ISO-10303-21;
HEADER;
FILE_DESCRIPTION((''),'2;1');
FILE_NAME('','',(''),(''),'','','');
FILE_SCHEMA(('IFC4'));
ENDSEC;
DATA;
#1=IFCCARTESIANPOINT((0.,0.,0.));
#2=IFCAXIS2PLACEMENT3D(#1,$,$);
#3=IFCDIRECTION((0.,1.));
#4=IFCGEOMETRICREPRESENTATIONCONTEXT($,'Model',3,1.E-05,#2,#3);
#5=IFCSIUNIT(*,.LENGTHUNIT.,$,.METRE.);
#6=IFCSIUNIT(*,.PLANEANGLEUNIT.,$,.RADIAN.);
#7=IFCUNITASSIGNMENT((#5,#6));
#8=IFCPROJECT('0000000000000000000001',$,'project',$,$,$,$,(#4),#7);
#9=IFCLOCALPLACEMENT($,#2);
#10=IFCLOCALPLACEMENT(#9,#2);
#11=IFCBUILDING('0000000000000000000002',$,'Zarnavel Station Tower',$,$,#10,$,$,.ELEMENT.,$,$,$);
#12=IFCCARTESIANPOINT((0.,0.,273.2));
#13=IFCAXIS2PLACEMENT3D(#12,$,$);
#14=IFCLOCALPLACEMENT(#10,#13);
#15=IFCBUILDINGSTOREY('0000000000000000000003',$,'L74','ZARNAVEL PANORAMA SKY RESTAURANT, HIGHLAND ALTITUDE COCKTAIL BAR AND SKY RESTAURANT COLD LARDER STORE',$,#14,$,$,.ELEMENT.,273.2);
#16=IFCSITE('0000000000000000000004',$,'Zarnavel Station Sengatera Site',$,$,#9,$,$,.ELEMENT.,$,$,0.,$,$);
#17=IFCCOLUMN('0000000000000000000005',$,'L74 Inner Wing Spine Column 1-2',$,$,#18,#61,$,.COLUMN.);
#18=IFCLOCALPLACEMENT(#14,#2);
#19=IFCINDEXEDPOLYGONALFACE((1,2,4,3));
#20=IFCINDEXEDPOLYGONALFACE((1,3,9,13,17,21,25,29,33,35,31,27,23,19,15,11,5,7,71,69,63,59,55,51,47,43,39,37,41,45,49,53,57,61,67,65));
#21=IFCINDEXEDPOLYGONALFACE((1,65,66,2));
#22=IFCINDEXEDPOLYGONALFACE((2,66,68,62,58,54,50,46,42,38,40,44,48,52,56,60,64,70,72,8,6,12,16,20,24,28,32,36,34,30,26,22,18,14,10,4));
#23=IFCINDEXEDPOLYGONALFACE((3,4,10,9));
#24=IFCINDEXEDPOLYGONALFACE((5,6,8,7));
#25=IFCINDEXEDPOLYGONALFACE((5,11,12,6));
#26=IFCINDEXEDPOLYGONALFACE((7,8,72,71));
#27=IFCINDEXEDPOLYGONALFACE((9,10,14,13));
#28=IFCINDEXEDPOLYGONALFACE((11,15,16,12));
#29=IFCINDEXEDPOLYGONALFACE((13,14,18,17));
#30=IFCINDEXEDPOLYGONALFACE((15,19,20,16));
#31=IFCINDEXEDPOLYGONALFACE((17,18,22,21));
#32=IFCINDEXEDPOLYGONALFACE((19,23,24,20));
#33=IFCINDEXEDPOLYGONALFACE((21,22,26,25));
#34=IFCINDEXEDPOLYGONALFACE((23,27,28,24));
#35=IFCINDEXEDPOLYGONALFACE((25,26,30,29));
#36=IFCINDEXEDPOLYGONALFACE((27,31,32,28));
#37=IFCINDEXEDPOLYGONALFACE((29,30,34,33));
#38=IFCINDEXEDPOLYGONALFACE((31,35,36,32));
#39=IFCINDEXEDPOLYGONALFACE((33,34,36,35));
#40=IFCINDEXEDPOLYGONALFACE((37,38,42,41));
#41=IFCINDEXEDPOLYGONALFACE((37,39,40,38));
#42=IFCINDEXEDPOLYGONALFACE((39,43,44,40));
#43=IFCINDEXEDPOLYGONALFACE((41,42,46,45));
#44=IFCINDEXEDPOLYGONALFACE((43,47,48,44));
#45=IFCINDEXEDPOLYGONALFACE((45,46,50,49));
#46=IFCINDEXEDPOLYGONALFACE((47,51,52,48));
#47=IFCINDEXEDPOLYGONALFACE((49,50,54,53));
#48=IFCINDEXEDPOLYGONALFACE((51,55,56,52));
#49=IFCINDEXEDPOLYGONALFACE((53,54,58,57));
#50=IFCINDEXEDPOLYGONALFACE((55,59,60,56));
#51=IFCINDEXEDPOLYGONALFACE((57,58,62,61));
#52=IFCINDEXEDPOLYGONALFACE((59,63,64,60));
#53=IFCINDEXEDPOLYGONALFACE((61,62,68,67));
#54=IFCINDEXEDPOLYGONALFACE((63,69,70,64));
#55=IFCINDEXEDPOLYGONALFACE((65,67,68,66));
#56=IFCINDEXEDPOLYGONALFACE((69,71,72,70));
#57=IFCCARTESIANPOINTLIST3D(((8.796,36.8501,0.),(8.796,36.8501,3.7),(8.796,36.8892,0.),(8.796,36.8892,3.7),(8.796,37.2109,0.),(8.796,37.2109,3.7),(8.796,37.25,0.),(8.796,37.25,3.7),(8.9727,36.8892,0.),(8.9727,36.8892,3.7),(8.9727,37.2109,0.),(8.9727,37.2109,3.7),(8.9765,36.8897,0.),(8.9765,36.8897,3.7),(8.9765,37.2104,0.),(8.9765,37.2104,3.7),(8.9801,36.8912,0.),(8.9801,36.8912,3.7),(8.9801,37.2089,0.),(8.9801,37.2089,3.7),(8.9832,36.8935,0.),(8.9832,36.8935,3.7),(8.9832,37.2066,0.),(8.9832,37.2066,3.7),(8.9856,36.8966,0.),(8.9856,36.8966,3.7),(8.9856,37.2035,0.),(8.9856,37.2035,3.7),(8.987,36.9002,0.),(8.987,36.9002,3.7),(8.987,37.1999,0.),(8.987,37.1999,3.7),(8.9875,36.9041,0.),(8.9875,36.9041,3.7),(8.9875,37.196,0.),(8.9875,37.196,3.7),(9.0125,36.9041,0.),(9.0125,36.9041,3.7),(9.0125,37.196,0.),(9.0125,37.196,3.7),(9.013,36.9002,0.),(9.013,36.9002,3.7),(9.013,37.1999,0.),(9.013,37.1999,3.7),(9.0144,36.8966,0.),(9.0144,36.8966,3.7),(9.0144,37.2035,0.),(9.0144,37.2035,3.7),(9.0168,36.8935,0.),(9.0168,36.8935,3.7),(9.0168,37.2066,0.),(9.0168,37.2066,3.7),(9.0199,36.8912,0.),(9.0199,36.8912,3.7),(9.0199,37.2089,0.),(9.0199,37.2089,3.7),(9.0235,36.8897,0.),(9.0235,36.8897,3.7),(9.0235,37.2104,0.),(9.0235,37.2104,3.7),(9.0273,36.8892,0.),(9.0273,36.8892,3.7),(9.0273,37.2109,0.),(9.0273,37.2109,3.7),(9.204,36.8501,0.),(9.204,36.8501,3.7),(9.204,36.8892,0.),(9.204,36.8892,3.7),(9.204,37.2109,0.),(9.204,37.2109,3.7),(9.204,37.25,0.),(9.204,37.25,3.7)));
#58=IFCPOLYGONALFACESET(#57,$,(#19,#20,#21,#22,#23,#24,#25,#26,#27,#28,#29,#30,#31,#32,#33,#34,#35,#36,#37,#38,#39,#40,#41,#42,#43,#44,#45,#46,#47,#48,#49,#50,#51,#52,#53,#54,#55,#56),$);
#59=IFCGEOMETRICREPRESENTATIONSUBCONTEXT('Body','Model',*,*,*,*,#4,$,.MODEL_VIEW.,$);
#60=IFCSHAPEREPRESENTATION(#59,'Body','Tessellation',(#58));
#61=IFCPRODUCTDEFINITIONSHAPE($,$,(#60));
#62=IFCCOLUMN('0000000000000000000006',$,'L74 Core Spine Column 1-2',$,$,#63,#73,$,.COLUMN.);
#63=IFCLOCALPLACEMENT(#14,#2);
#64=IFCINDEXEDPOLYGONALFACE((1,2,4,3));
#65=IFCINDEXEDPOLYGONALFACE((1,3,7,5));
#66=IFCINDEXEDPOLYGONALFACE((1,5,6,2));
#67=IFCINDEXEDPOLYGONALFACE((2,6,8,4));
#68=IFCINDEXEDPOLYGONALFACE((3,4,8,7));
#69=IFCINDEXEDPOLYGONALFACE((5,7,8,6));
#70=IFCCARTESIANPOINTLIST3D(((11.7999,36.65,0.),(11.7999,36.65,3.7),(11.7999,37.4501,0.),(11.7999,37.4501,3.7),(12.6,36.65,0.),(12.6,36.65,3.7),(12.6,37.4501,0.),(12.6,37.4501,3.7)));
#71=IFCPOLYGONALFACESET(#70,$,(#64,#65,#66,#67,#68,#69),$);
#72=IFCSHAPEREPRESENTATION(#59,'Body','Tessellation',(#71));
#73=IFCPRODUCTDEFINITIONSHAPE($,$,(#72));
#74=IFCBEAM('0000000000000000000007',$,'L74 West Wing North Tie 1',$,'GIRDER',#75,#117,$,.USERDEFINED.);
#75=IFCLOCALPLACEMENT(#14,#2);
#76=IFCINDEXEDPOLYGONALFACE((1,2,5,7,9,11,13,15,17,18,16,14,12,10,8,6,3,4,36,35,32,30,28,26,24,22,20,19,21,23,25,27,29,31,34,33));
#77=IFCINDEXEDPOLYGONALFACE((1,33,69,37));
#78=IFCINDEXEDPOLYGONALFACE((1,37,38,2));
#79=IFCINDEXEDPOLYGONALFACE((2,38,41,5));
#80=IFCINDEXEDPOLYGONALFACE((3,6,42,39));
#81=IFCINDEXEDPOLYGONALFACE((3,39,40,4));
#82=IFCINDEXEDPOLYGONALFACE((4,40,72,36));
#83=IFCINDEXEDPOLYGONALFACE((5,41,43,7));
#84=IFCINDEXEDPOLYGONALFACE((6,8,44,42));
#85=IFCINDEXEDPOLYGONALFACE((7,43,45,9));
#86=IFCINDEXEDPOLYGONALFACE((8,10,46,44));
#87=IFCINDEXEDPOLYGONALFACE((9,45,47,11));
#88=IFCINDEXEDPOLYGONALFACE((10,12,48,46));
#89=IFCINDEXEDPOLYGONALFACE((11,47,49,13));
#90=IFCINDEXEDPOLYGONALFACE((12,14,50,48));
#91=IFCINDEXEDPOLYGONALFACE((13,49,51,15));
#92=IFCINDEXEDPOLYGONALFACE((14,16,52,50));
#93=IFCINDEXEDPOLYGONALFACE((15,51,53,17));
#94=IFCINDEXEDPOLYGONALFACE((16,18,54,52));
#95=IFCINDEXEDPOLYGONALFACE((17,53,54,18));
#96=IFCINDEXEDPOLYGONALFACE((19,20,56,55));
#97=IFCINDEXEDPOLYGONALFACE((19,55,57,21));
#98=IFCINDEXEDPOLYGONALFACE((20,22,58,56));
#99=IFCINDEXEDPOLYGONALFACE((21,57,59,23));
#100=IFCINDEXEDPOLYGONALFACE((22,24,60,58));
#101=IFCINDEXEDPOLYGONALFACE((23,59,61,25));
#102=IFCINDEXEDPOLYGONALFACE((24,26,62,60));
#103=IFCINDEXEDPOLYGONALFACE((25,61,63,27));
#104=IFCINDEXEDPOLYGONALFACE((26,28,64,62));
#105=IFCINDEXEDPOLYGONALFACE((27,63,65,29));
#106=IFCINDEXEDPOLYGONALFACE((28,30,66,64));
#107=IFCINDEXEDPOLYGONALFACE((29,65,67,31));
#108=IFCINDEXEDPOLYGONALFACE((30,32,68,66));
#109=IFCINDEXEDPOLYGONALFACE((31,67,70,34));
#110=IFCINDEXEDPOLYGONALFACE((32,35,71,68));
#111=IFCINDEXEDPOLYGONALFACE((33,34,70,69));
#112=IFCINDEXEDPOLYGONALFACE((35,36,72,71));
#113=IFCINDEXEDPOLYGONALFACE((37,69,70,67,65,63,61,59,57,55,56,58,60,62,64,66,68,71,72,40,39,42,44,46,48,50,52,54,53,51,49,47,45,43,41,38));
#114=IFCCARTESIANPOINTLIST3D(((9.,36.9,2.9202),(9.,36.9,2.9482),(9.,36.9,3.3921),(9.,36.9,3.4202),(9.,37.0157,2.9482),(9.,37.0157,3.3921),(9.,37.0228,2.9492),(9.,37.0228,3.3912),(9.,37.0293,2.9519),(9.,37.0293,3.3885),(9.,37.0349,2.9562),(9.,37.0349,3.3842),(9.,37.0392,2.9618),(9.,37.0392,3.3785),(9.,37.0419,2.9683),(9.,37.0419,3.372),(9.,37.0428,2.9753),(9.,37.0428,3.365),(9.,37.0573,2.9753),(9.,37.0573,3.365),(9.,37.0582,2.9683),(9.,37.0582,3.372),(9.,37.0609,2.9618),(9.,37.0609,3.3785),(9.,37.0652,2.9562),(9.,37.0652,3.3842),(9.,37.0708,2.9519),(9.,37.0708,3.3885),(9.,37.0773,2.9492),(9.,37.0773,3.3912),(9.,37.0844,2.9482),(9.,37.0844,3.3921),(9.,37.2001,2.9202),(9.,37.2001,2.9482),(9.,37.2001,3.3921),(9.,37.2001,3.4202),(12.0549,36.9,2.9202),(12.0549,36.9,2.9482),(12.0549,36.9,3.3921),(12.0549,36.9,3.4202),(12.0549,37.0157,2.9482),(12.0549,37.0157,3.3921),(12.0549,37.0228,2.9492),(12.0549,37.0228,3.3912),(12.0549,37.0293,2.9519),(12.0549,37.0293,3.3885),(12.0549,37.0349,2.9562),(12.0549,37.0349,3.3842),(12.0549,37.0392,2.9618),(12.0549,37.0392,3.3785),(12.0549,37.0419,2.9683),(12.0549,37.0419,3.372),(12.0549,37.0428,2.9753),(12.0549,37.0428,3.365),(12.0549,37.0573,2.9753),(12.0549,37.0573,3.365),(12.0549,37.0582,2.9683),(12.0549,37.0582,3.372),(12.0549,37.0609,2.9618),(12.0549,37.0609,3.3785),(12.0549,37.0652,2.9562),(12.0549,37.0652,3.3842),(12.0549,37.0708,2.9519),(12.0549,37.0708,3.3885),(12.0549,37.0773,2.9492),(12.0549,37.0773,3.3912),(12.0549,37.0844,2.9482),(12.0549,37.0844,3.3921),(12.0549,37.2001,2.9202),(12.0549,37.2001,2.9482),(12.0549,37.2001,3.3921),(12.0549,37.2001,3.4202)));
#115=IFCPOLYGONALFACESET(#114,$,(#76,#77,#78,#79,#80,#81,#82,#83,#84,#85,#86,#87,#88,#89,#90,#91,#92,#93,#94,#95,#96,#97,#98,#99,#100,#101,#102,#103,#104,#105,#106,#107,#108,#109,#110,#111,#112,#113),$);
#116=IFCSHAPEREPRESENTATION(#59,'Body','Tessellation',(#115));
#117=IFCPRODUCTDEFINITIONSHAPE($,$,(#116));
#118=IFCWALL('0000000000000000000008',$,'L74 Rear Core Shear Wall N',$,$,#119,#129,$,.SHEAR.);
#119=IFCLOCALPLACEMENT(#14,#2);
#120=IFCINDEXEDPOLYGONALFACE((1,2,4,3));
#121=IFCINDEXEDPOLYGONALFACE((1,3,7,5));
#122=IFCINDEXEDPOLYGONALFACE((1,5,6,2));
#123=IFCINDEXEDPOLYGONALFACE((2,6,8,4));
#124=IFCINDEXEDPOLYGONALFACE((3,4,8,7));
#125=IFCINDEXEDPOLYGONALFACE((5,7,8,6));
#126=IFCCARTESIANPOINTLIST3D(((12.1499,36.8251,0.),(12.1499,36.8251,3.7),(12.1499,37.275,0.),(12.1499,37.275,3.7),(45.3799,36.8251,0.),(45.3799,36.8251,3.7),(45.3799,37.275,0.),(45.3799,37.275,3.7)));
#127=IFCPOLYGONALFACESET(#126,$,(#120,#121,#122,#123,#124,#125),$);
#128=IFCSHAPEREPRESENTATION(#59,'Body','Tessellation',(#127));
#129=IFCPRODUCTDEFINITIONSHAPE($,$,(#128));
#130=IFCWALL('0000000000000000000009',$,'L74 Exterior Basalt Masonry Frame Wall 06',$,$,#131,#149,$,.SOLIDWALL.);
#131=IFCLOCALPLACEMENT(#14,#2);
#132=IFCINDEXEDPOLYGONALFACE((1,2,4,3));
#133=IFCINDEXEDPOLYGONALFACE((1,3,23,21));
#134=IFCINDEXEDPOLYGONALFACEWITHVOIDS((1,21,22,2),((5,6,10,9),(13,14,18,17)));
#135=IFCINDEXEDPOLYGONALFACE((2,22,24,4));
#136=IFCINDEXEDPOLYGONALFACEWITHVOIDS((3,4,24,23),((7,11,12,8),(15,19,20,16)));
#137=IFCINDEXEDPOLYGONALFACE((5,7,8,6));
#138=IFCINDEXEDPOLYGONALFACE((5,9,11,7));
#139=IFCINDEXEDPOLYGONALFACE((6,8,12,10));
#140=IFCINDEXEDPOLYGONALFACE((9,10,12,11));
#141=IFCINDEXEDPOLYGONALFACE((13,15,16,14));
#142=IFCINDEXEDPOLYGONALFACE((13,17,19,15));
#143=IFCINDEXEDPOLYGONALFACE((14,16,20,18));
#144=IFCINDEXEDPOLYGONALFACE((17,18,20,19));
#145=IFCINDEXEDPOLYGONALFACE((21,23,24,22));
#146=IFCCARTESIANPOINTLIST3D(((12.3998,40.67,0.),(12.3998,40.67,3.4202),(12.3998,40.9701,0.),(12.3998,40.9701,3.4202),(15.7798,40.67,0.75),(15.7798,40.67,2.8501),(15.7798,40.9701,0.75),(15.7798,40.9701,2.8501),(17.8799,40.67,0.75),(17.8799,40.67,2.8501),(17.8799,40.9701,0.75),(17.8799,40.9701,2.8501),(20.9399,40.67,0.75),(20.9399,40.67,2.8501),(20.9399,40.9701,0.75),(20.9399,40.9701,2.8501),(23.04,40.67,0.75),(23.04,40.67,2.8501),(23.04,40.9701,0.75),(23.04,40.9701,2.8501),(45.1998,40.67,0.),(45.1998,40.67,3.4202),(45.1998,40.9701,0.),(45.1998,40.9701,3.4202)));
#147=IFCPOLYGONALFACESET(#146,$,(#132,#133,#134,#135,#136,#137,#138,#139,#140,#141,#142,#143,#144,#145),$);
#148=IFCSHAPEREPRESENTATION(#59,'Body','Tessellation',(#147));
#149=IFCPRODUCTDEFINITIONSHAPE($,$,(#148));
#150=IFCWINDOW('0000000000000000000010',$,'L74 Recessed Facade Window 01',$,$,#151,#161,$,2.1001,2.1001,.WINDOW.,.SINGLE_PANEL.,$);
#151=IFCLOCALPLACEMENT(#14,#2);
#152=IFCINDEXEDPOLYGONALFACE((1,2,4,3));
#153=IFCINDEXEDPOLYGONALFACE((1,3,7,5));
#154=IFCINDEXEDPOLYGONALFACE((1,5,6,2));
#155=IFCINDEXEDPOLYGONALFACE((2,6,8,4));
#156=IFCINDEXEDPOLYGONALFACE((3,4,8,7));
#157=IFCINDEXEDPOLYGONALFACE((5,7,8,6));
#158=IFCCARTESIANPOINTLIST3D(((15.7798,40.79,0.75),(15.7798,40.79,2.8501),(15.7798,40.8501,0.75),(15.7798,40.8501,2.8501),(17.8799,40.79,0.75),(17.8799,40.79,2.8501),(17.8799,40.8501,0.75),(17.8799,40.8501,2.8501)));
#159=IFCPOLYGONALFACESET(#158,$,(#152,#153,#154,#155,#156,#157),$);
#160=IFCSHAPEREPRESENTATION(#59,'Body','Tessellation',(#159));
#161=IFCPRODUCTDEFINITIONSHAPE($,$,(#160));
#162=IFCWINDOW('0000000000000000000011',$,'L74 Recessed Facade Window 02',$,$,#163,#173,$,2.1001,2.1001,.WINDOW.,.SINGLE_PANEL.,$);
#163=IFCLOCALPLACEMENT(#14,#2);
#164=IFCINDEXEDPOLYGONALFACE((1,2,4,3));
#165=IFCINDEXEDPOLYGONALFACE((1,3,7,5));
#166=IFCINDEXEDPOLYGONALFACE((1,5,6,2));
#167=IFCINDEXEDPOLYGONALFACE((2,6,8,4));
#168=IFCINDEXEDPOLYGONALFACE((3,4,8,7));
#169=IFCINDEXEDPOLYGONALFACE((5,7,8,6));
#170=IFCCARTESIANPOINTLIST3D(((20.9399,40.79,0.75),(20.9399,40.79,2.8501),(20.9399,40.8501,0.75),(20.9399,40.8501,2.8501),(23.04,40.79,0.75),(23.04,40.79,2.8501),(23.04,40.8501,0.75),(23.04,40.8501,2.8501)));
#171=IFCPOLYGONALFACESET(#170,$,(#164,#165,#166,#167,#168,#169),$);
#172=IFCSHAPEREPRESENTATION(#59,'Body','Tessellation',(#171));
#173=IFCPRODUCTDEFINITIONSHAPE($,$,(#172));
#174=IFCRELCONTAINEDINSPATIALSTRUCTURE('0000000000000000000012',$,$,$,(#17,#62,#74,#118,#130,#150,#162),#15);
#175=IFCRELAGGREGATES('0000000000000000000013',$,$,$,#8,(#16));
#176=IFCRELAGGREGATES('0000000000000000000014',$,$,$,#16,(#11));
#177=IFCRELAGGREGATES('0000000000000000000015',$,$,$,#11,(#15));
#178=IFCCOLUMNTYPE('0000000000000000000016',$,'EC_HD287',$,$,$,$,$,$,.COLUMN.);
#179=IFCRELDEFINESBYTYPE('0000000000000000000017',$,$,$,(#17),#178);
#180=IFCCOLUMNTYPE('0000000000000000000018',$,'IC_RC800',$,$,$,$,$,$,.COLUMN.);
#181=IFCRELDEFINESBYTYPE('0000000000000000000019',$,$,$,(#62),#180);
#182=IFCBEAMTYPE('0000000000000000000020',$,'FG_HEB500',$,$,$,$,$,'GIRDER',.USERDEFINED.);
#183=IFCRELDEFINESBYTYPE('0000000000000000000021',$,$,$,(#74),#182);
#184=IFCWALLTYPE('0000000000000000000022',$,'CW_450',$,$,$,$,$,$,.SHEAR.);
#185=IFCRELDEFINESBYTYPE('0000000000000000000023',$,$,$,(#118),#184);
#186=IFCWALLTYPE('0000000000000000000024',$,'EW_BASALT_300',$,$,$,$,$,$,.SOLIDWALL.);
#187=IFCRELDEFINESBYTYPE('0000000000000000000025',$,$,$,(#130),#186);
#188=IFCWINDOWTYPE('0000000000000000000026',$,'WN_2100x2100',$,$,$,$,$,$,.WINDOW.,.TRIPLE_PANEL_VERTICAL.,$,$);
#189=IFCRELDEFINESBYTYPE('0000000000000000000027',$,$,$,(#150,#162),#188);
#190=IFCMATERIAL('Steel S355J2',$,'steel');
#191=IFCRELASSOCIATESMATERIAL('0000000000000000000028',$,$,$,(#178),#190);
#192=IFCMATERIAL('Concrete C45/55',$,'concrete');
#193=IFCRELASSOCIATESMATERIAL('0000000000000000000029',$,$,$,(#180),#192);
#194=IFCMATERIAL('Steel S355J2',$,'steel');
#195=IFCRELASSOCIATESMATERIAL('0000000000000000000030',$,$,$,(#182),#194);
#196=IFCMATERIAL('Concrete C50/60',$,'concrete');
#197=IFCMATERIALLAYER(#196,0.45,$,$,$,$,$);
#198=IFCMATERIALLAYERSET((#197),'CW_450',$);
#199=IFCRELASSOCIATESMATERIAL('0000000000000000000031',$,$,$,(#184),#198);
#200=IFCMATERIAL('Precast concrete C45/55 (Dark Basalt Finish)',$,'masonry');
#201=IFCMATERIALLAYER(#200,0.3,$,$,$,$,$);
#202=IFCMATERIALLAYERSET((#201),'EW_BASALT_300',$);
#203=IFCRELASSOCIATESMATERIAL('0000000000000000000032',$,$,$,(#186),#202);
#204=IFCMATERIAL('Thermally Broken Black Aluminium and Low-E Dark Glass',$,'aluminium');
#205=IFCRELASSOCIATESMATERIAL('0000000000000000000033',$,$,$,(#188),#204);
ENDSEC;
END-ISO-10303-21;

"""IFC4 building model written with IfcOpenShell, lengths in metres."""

from ifc_helpers import new_model, si_unit, direction, frame, frame_2d, origin, origin_2d, place, context, subcontext, project, spatial, rectangle, i_section, extrude, material, layer, layer_set, material_profile, profile_set, type_object, element, fill, save


model = new_model("IFC4")

# Units and contexts
model_context = context("Model", 3, precision=1e-05, world=origin(), true_north=direction((0.0, 1.0)))
body_context = subcontext(model_context, "Body", "Model", "MODEL_VIEW")
ifc_project = project(units=[si_unit("LENGTHUNIT", "METRE"), si_unit("PLANEANGLEUNIT", "RADIAN")], contexts=[model_context])

# Site, building, storey
site_placement = place(None, origin())
site = spatial("IfcSite", under=ifc_project, at=site_placement, Name="Zarnavel Station Sengatera Site", CompositionType="ELEMENT", RefElevation=0.0)
building_placement = place(site_placement, origin())
building = spatial("IfcBuilding", under=site, at=building_placement, Name="Zarnavel Station Tower", CompositionType="ELEMENT")
storey_placement = place(building_placement, frame((0.0, 0.0, 273.2)))
storey = spatial("IfcBuildingStorey", under=building, at=storey_placement, Name="L74", Description="ZARNAVEL PANORAMA SKY RESTAURANT, HIGHLAND ALTITUDE COCKTAIL BAR AND SKY RESTAURANT COLD LARDER STORE", CompositionType="ELEMENT", Elevation=273.2)

# Columns
ifc_material_1 = material(Name="Steel S355J2", Category="steel")
ifc_material_profile_1 = material_profile(ifc_material_1, i_section(OverallWidth=0.408, OverallDepth=0.3999, WebThickness=0.0249, FlangeThickness=0.0391, FilletRadius=0.0149, at=origin_2d()), Name="HD400x287")
ifc_profile_set_1 = profile_set([ifc_material_profile_1], Name="Steel S355J2")
column_type_1 = type_object("IfcColumnType", Name="EC_HD287", PredefinedType="COLUMN", material=ifc_profile_set_1)
column_1_placement = place(storey_placement, frame((9.0, 37.05, 0.0), z_axis=(0.0, 0.0, 1.0), x_axis=(1.0, 0.0, 0.0)))
element("IfcColumn", 1, at=column_1_placement, inside=storey, type_object=column_type_1, Name="L74 Inner Wing Spine Column 1-2", PredefinedType="COLUMN", context=body_context, shape_type="SweptSolid", body=[
    extrude(i_section(OverallWidth=0.408, OverallDepth=0.3999, WebThickness=0.0249, FlangeThickness=0.0391, FilletRadius=0.0149, at=origin_2d()), origin(), (0.0, 0.0, 1.0), 3.7),
])
ifc_material_2 = material(Name="Concrete C45/55", Category="concrete")
ifc_material_profile_2 = material_profile(ifc_material_2, rectangle(XDim=0.8, YDim=0.8, at=origin_2d()), Name="RC800x800")
ifc_profile_set_2 = profile_set([ifc_material_profile_2], Name="Concrete C45/55")
column_type_2 = type_object("IfcColumnType", Name="IC_RC800", PredefinedType="COLUMN", material=ifc_profile_set_2)
column_2_placement = place(storey_placement, frame((12.2, 37.05, 0.0), z_axis=(0.0, 0.0, 1.0), x_axis=(1.0, 0.0, 0.0)))
element("IfcColumn", 2, at=column_2_placement, inside=storey, type_object=column_type_2, Name="L74 Core Spine Column 1-2", PredefinedType="COLUMN", context=body_context, shape_type="SweptSolid", body=[
    extrude(rectangle(XDim=0.8, YDim=0.8, at=origin_2d()), origin(), (0.0, 0.0, 1.0), 3.7),
])

# Beam
ifc_material_3 = material(Name="Steel S355J2", Category="steel")
ifc_material_profile_3 = material_profile(ifc_material_3, i_section(OverallWidth=0.3, OverallDepth=0.5, WebThickness=0.0144, FlangeThickness=0.0281, FilletRadius=0.0271, at=origin_2d()), Name="HEB500")
ifc_profile_set_3 = profile_set([ifc_material_profile_3], Name="Steel S355J2")
beam_type = type_object("IfcBeamType", Name="FG_HEB500", ElementType="GIRDER", PredefinedType="USERDEFINED", material=ifc_profile_set_3)
beam_placement = place(storey_placement, frame((9.0, 37.05, 3.1702), z_axis=(1.0, 0.0, 0.0), x_axis=(0.0, 1.0, 0.0)))
element("IfcBeam", 3, at=beam_placement, inside=storey, type_object=beam_type, Name="L74 West Wing North Tie 1", ObjectType="GIRDER", PredefinedType="USERDEFINED", context=body_context, shape_type="SweptSolid", body=[
    extrude(i_section(OverallWidth=0.3, OverallDepth=0.5, WebThickness=0.0144, FlangeThickness=0.0281, FilletRadius=0.0271, at=origin_2d()), origin(), (0.0, 0.0, 1.0), 3.0549),
])

# Wall
ifc_material_4 = material(Name="Concrete C50/60", Category="concrete")
ifc_layer_1 = layer(ifc_material_4, 0.45)
ifc_layer_set_1 = layer_set([ifc_layer_1], Name="CW_450")
wall_type_1 = type_object("IfcWallType", Name="CW_450", PredefinedType="SHEAR", material=ifc_layer_set_1)
wall_1_placement = place(storey_placement, frame((12.1499, 37.05, 0.0), z_axis=(0.0, 0.0, 1.0), x_axis=(1.0, 0.0, 0.0)))
element("IfcWall", 4, at=wall_1_placement, inside=storey, type_object=wall_type_1, Name="L74 Rear Core Shear Wall N", PredefinedType="SHEAR", context=body_context, shape_type="SweptSolid", body=[
    extrude(rectangle(XDim=33.23, YDim=0.45, at=frame_2d((16.615, 0.0))), origin(), (0.0, 0.0, 1.0), 3.7),
])

# Wall, openings, windows
ifc_material_5 = material(Name="Precast concrete C45/55 (Dark Basalt Finish)", Category="masonry")
ifc_layer_2 = layer(ifc_material_5, 0.3)
ifc_layer_set_2 = layer_set([ifc_layer_2], Name="EW_BASALT_300")
wall_type_2 = type_object("IfcWallType", Name="EW_BASALT_300", PredefinedType="SOLIDWALL", material=ifc_layer_set_2)
wall_2_placement = place(storey_placement, frame((12.3999, 40.8201, 0.0), z_axis=(0.0, 0.0, 1.0), x_axis=(1.0, 0.0, 0.0)))
wall_2 = element("IfcWall", 5, at=wall_2_placement, inside=storey, type_object=wall_type_2, Name="L74 Exterior Basalt Masonry Frame Wall 06", PredefinedType="SOLIDWALL", context=body_context, shape_type="SweptSolid", body=[
    extrude(rectangle(XDim=32.8, YDim=0.3, at=frame_2d((16.3999, 0.0))), origin(), (0.0, 0.0, 1.0), 3.4202),
])
opening_1_placement = place(wall_2_placement, frame((3.3799, 0.0, 0.75)))
opening_1 = element("IfcOpeningElement", 6, at=opening_1_placement, cuts=wall_2, PredefinedType="OPENING", context=body_context, shape_type="SweptSolid", body=[
    extrude(rectangle(XDim=2.1001, YDim=2.1001, at=frame_2d((1.05, 1.05))), frame((0.0, 0.1599, 0.0), z_axis=(0.0, -1.0, 0.0), x_axis=(1.0, 0.0, 0.0)), (0.0, 0.0, 1.0), 0.3201),
])
opening_2_placement = place(wall_2_placement, frame((8.54, 0.0, 0.75)))
opening_2 = element("IfcOpeningElement", 7, at=opening_2_placement, cuts=wall_2, PredefinedType="OPENING", context=body_context, shape_type="SweptSolid", body=[
    extrude(rectangle(XDim=2.1001, YDim=2.1001, at=frame_2d((1.05, 1.05))), frame((0.0, 0.1599, 0.0), z_axis=(0.0, -1.0, 0.0), x_axis=(1.0, 0.0, 0.0)), (0.0, 0.0, 1.0), 0.3201),
])
ifc_material_6 = material(Name="Thermally Broken Black Aluminium and Low-E Dark Glass", Category="aluminium")
window_type = type_object("IfcWindowType", Name="WN_2100x2100", PartitioningType="TRIPLE_PANEL_VERTICAL", PredefinedType="WINDOW", material=ifc_material_6)
window_1_placement = place(opening_1_placement, origin())
window_1 = element("IfcWindow", 8, at=window_1_placement, inside=storey, type_object=window_type, Name="L74 Recessed Facade Window 01", OverallHeight=2.1001, OverallWidth=2.1001, PartitioningType="SINGLE_PANEL", PredefinedType="WINDOW", context=body_context, shape_type="SweptSolid", body=[
    extrude(rectangle(XDim=2.1001, YDim=2.1001, at=frame_2d((1.05, 1.05))), frame((0.0, 0.03, 0.0), z_axis=(0.0, -1.0, 0.0), x_axis=(1.0, 0.0, 0.0)), (0.0, 0.0, 1.0), 0.0601),
])
fill(opening_1, window_1)
window_2_placement = place(opening_2_placement, origin())
window_2 = element("IfcWindow", 9, at=window_2_placement, inside=storey, type_object=window_type, Name="L74 Recessed Facade Window 02", OverallHeight=2.1001, OverallWidth=2.1001, PartitioningType="SINGLE_PANEL", PredefinedType="WINDOW", context=body_context, shape_type="SweptSolid", body=[
    extrude(rectangle(XDim=2.1001, YDim=2.1001, at=frame_2d((1.05, 1.05))), frame((0.0, 0.03, 0.0), z_axis=(0.0, -1.0, 0.0), x_axis=(1.0, 0.0, 0.0)), (0.0, 0.0, 1.0), 0.0601),
])
fill(opening_2, window_2)

save(model, "model.ifc")
